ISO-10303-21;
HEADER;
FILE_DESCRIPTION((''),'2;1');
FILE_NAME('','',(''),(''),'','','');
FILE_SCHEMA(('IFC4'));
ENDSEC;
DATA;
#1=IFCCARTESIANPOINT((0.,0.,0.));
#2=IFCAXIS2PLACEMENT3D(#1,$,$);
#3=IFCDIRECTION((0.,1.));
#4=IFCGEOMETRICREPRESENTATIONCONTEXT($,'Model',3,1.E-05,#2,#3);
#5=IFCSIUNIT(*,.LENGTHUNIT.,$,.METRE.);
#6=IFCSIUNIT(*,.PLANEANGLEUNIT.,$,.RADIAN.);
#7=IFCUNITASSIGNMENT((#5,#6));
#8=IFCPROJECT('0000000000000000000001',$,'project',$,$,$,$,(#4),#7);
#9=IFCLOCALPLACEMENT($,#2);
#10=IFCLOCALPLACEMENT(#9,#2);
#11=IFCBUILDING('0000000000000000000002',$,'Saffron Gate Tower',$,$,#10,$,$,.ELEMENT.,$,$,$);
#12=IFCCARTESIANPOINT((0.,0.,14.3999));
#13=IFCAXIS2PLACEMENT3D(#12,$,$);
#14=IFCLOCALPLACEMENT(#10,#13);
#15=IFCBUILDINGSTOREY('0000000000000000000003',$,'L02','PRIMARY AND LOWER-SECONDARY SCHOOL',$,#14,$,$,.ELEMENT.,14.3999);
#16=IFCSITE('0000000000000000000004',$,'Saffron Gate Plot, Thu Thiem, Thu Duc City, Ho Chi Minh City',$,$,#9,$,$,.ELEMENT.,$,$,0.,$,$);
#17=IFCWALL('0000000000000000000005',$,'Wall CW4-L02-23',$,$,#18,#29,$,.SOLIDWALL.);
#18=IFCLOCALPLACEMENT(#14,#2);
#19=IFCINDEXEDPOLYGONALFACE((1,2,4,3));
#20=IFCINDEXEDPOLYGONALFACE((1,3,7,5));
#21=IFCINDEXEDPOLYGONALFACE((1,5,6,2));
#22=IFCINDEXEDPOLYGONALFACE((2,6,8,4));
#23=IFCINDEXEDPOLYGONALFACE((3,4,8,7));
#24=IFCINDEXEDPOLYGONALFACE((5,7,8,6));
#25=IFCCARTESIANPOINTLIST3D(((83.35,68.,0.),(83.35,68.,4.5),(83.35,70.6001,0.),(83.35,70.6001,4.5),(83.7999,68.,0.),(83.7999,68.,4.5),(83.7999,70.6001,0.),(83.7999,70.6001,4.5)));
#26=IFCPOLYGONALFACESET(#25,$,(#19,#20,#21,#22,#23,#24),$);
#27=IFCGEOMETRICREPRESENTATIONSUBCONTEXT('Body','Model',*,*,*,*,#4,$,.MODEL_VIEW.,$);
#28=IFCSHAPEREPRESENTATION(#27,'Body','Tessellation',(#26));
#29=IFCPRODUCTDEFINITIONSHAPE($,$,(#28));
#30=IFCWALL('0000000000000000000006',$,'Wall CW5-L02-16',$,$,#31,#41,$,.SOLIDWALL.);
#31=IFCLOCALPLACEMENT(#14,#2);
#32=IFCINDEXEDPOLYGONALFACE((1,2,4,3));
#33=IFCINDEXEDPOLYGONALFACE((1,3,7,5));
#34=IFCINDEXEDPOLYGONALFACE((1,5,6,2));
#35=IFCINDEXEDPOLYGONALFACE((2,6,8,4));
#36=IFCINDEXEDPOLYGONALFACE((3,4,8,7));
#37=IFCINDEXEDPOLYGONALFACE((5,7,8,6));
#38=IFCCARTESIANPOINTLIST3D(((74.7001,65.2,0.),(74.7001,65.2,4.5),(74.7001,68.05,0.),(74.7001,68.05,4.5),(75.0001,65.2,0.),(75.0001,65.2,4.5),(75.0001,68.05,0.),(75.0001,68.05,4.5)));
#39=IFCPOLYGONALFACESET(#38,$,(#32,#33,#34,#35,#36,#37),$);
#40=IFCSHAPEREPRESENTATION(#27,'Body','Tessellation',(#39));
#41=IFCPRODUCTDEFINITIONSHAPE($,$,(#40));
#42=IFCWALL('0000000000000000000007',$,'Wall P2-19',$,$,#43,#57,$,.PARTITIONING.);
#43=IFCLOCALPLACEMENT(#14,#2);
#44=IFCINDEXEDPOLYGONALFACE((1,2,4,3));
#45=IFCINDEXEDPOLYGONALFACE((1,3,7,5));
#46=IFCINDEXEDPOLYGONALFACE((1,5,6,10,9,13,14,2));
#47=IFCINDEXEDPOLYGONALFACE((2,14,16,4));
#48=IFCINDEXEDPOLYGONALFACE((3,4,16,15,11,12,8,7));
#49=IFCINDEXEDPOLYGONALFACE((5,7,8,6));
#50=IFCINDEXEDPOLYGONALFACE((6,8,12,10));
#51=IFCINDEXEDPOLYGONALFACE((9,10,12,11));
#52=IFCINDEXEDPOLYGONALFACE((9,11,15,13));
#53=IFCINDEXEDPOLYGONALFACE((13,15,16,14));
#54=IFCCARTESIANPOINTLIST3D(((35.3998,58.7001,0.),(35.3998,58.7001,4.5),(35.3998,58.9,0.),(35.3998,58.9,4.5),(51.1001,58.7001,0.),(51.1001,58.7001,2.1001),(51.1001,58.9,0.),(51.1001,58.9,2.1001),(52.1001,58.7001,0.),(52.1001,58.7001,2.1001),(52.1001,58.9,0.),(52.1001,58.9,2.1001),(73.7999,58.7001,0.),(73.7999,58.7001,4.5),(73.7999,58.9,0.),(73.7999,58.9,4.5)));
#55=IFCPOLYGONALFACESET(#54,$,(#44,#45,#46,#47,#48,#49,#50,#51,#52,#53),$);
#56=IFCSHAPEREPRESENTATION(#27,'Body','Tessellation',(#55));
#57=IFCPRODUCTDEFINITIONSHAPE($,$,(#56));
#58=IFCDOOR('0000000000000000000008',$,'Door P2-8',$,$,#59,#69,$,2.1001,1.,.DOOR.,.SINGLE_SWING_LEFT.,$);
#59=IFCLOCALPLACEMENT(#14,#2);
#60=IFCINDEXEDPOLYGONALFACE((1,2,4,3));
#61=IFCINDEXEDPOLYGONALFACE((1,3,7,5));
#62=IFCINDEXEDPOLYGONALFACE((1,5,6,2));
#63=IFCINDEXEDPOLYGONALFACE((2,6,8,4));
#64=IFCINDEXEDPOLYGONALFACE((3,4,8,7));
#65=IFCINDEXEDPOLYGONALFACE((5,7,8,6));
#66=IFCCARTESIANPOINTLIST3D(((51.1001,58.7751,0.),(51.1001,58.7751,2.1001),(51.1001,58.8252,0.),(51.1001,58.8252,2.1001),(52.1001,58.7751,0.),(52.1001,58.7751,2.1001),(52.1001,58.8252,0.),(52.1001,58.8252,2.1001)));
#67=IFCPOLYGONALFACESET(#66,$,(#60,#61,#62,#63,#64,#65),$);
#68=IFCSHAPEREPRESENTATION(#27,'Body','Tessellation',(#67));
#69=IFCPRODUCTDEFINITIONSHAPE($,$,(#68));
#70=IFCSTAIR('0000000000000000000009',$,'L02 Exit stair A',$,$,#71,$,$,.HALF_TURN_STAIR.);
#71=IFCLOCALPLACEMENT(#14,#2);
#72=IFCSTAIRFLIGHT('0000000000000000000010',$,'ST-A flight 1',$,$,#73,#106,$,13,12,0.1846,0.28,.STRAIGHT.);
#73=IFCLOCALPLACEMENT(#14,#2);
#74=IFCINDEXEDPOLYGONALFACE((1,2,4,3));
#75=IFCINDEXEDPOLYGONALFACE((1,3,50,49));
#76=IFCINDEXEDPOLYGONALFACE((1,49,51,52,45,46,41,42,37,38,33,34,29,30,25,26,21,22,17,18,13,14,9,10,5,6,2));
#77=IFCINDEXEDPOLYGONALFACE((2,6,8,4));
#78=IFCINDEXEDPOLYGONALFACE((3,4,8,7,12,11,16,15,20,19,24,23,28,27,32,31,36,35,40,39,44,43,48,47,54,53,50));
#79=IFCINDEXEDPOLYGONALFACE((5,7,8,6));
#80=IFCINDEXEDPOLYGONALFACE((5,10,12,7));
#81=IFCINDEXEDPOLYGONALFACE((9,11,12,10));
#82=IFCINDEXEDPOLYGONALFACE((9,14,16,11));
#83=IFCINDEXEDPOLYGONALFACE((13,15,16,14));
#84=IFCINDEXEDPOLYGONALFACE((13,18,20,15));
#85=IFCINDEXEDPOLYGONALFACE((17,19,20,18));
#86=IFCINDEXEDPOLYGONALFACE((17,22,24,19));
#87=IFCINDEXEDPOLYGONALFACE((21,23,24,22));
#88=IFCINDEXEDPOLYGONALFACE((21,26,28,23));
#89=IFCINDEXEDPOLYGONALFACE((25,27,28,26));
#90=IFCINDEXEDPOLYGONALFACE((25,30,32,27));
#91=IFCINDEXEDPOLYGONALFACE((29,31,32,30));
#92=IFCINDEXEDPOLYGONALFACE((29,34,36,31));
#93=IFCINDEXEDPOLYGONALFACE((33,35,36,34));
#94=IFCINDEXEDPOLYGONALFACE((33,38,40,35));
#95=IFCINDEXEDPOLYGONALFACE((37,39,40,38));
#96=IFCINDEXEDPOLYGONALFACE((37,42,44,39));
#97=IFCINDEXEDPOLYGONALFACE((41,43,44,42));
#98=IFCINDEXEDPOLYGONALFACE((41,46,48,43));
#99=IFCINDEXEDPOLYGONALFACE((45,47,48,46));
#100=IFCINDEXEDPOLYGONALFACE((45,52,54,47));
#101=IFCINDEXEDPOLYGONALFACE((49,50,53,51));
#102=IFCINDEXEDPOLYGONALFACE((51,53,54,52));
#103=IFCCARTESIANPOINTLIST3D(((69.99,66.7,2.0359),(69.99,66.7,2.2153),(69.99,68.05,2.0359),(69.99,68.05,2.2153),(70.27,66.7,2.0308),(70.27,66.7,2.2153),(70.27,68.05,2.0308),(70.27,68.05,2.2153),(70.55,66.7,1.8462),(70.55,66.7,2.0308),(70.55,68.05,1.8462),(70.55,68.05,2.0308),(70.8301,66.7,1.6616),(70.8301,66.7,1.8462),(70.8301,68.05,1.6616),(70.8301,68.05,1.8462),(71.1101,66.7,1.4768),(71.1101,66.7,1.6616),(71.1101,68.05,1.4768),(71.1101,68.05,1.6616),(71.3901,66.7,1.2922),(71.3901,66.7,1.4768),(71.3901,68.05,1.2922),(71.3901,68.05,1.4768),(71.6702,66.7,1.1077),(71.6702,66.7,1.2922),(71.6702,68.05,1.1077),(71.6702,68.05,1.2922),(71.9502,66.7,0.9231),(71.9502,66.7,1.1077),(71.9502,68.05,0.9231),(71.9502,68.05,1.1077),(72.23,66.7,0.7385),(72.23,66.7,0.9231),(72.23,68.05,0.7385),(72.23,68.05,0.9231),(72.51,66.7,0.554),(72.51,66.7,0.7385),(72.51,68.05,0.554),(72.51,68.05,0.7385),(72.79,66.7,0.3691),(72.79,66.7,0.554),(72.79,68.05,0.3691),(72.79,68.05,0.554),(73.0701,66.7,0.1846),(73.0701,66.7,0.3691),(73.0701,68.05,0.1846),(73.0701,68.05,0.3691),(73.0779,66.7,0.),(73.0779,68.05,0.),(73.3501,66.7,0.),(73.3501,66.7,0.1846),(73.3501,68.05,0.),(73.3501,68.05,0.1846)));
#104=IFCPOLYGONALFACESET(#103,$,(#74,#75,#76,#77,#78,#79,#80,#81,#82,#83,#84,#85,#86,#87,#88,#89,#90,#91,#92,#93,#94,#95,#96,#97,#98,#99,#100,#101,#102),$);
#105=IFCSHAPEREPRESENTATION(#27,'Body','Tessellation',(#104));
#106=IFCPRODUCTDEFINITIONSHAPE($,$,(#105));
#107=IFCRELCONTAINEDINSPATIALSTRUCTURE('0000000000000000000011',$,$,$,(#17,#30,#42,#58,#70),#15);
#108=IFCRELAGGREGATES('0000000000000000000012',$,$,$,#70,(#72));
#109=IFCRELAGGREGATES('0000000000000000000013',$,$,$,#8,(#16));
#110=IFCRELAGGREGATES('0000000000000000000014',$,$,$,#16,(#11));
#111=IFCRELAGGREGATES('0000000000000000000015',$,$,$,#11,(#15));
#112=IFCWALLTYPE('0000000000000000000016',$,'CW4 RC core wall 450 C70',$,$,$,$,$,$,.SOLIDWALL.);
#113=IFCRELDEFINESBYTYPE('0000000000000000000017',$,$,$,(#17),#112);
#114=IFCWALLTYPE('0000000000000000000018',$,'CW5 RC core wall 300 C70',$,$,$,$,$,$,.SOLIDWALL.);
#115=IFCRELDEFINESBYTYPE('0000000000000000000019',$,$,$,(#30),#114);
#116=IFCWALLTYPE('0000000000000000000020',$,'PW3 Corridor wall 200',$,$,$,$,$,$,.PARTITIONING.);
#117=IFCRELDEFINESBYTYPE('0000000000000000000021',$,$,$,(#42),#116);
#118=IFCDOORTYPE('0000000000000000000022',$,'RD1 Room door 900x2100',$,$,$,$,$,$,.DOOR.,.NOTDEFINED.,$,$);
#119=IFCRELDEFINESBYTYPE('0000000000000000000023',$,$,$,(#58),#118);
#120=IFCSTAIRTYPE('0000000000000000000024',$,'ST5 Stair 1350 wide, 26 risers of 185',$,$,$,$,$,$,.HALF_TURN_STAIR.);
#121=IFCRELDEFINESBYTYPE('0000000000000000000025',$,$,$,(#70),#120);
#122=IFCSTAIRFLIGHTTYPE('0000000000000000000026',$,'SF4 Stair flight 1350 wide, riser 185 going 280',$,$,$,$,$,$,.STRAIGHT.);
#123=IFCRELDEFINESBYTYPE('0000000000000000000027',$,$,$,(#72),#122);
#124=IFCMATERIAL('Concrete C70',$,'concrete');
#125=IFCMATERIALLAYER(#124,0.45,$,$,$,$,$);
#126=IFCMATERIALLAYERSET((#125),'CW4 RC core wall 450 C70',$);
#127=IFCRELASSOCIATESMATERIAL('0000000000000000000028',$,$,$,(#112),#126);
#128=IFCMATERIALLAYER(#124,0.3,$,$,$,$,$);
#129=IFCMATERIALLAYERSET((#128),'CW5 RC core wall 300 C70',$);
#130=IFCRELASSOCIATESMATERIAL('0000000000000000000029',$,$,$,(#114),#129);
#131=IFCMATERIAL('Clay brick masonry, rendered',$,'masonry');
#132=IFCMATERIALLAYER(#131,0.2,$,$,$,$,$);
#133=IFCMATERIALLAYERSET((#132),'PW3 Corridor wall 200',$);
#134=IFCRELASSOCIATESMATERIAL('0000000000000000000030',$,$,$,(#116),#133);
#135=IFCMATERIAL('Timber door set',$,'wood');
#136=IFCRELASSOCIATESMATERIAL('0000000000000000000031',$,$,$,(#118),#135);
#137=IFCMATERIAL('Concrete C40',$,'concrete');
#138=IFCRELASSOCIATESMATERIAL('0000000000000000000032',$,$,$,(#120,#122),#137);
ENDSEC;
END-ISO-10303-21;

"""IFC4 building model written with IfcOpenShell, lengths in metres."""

from ifc_helpers import new_model, si_unit, direction, frame, frame_2d, origin, place, context, subcontext, project, spatial, polyline, rectangle, outline, extrude, material, layer, layer_set, type_object, element, fill, aggregate, save


model = new_model("IFC4")

# Units and contexts
model_context = context("Model", 3, precision=1e-05, world=origin(), true_north=direction((0.0, 1.0)))
body_context = subcontext(model_context, "Body", "Model", "MODEL_VIEW")
ifc_project = project(units=[si_unit("LENGTHUNIT", "METRE"), si_unit("PLANEANGLEUNIT", "RADIAN")], contexts=[model_context])

# Site, building, storey
site_placement = place(None, origin())
site = spatial("IfcSite", under=ifc_project, at=site_placement, Name="Saffron Gate Plot, Thu Thiem, Thu Duc City, Ho Chi Minh City", CompositionType="ELEMENT", RefElevation=0.0)
building_placement = place(site_placement, origin())
building = spatial("IfcBuilding", under=site, at=building_placement, Name="Saffron Gate Tower", CompositionType="ELEMENT")
storey_placement = place(building_placement, frame((0.0, 0.0, 14.3999)))
storey = spatial("IfcBuildingStorey", under=building, at=storey_placement, Name="L02", Description="PRIMARY AND LOWER-SECONDARY SCHOOL", CompositionType="ELEMENT", Elevation=14.3999)

# Shared definitions
ifc_material_1 = material(Name="Concrete C70", Category="concrete")

# Walls
ifc_layer_1 = layer(ifc_material_1, 0.45)
ifc_layer_set_1 = layer_set([ifc_layer_1], Name="CW4 RC core wall 450 C70")
wall_type_1 = type_object("IfcWallType", Name="CW4 RC core wall 450 C70", PredefinedType="SOLIDWALL", material=ifc_layer_set_1)
for number, where, z_axis, x_axis, name in (
    (1, (83.575, 68.0, 0.0), (0.0, 0.0, 1.0), (0.0, 1.0, 0.0), "Wall CW4-L02-23"),
):
    element("IfcWall", number, at=place(storey_placement, frame(where, z_axis=z_axis, x_axis=x_axis)), inside=storey, type_object=wall_type_1, Name=name, PredefinedType="SOLIDWALL", context=body_context, shape_type="SweptSolid", body=[
        extrude(rectangle(XDim=2.6001, YDim=0.45, at=frame_2d((1.3, 0.0))), origin(), (0.0, 0.0, 1.0), 4.5),
    ])
ifc_layer_2 = layer(ifc_material_1, 0.3)
ifc_layer_set_2 = layer_set([ifc_layer_2], Name="CW5 RC core wall 300 C70")
wall_type_2 = type_object("IfcWallType", Name="CW5 RC core wall 300 C70", PredefinedType="SOLIDWALL", material=ifc_layer_set_2)
wall_1_placement = place(storey_placement, frame((74.8501, 65.2, 0.0), z_axis=(0.0, 0.0, 1.0), x_axis=(0.0, 1.0, 0.0)))
element("IfcWall", 2, at=wall_1_placement, inside=storey, type_object=wall_type_2, Name="Wall CW5-L02-16", PredefinedType="SOLIDWALL", context=body_context, shape_type="SweptSolid", body=[
    extrude(rectangle(XDim=2.8501, YDim=0.3, at=frame_2d((1.425, 0.0))), origin(), (0.0, 0.0, 1.0), 4.5),
])

# Wall, opening, door
ifc_material_2 = material(Name="Clay brick masonry, rendered", Category="masonry")
ifc_layer_3 = layer(ifc_material_2, 0.2)
ifc_layer_set_3 = layer_set([ifc_layer_3], Name="PW3 Corridor wall 200")
wall_type_3 = type_object("IfcWallType", Name="PW3 Corridor wall 200", PredefinedType="PARTITIONING", material=ifc_layer_set_3)
wall_2_placement = place(storey_placement, frame((73.8, 58.8, 0.0), z_axis=(0.0, 0.0, 1.0), x_axis=(-1.0, 0.0, 0.0)))
wall_2 = element("IfcWall", 3, at=wall_2_placement, inside=storey, type_object=wall_type_3, Name="Wall P2-19", PredefinedType="PARTITIONING", context=body_context, shape_type="SweptSolid", body=[
    extrude(rectangle(XDim=38.4001, YDim=0.2, at=frame_2d((19.2002, 0.0))), origin(), (0.0, 0.0, 1.0), 4.5),
])
opening_1_placement = place(wall_2_placement, frame((21.7, 0.0, 0.0)))
opening_1 = element("IfcOpeningElement", 4, at=opening_1_placement, cuts=wall_2, PredefinedType="OPENING", context=body_context, shape_type="SweptSolid", body=[
    extrude(rectangle(XDim=1.0, YDim=2.1001, at=frame_2d((0.5, 1.05))), frame((0.0, 0.1099, 0.0), z_axis=(0.0, -1.0, 0.0), x_axis=(1.0, 0.0, 0.0)), (0.0, 0.0, 1.0), 0.22),
])
ifc_material_3 = material(Name="Timber door set", Category="wood")
door_type_1 = type_object("IfcDoorType", Name="RD1 Room door 900x2100", OperationType="NOTDEFINED", PredefinedType="DOOR", material=ifc_material_3)
door_1_placement = place(opening_1_placement, origin())
door_1 = element("IfcDoor", 5, at=door_1_placement, inside=storey, type_object=door_type_1, Name="Door P2-8", OperationType="SINGLE_SWING_LEFT", OverallHeight=2.1001, OverallWidth=1.0, PredefinedType="DOOR", context=body_context, shape_type="SweptSolid", body=[
    extrude(rectangle(XDim=1.0, YDim=2.1001, at=frame_2d((0.5, 1.05))), frame((0.0, 0.0249, 0.0), z_axis=(0.0, -1.0, 0.0), x_axis=(1.0, 0.0, 0.0)), (0.0, 0.0, 1.0), 0.05),
])
fill(opening_1, door_1)

# Stair, stair flight
ifc_material_4 = material(Name="Concrete C40", Category="concrete")
stair_type = type_object("IfcStairType", Name="ST5 Stair 1350 wide, 26 risers of 185", PredefinedType="HALF_TURN_STAIR", material=ifc_material_4)
stair_placement = place(storey_placement, origin())
stair = element("IfcStair", 6, at=stair_placement, inside=storey, type_object=stair_type, Name="L02 Exit stair A", PredefinedType="HALF_TURN_STAIR")
stair_flight_type = type_object("IfcStairFlightType", Name="SF4 Stair flight 1350 wide, riser 185 going 280", PredefinedType="STRAIGHT", material=ifc_material_4)
stair_flight_placement = place(storey_placement, frame((73.3501, 67.375, 0.0), z_axis=(0.0, 0.0, 1.0), x_axis=(-1.0, 0.0, 0.0)))
stair_flight = element("IfcStairFlight", 7, at=stair_flight_placement, type_object=stair_flight_type, Name="ST-A flight 1", NumberOfRisers=13, NumberOfTreads=12, PredefinedType="STRAIGHT", RiserHeight=0.1846, TreadLength=0.28, context=body_context, shape_type="SweptSolid", body=[
    extrude(outline(polyline([(0.0, 0.0), (0.0, 0.1846), (0.28, 0.1846), (0.28, 0.3691), (0.5601, 0.3691), (0.5601, 0.554), (0.8401, 0.554), (0.8401, 0.7385), (1.1201, 0.7385), (1.1201, 0.9231), (1.3999, 0.9231), (1.3999, 1.1077), (1.6799, 1.1077), (1.6799, 1.2922), (1.96, 1.2922), (1.96, 1.4768), (2.24, 1.4768), (2.24, 1.6616), (2.52, 1.6616), (2.52, 1.8462), (2.8, 1.8462), (2.8, 2.0308), (3.0801, 2.0308), (3.0801, 2.2153), (3.3601, 2.2153), (3.3601, 2.3999), (3.3601, 2.0359), (0.2722, 0.0), (0.0, 0.0)])), frame((0.0, 0.675, 0.0), z_axis=(0.0, -1.0, 0.0), x_axis=(1.0, 0.0, 0.0)), (0.0, 0.0, 1.0), 1.3501),
])
aggregate(stair, [stair_flight])

save(model, "model.ifc")
